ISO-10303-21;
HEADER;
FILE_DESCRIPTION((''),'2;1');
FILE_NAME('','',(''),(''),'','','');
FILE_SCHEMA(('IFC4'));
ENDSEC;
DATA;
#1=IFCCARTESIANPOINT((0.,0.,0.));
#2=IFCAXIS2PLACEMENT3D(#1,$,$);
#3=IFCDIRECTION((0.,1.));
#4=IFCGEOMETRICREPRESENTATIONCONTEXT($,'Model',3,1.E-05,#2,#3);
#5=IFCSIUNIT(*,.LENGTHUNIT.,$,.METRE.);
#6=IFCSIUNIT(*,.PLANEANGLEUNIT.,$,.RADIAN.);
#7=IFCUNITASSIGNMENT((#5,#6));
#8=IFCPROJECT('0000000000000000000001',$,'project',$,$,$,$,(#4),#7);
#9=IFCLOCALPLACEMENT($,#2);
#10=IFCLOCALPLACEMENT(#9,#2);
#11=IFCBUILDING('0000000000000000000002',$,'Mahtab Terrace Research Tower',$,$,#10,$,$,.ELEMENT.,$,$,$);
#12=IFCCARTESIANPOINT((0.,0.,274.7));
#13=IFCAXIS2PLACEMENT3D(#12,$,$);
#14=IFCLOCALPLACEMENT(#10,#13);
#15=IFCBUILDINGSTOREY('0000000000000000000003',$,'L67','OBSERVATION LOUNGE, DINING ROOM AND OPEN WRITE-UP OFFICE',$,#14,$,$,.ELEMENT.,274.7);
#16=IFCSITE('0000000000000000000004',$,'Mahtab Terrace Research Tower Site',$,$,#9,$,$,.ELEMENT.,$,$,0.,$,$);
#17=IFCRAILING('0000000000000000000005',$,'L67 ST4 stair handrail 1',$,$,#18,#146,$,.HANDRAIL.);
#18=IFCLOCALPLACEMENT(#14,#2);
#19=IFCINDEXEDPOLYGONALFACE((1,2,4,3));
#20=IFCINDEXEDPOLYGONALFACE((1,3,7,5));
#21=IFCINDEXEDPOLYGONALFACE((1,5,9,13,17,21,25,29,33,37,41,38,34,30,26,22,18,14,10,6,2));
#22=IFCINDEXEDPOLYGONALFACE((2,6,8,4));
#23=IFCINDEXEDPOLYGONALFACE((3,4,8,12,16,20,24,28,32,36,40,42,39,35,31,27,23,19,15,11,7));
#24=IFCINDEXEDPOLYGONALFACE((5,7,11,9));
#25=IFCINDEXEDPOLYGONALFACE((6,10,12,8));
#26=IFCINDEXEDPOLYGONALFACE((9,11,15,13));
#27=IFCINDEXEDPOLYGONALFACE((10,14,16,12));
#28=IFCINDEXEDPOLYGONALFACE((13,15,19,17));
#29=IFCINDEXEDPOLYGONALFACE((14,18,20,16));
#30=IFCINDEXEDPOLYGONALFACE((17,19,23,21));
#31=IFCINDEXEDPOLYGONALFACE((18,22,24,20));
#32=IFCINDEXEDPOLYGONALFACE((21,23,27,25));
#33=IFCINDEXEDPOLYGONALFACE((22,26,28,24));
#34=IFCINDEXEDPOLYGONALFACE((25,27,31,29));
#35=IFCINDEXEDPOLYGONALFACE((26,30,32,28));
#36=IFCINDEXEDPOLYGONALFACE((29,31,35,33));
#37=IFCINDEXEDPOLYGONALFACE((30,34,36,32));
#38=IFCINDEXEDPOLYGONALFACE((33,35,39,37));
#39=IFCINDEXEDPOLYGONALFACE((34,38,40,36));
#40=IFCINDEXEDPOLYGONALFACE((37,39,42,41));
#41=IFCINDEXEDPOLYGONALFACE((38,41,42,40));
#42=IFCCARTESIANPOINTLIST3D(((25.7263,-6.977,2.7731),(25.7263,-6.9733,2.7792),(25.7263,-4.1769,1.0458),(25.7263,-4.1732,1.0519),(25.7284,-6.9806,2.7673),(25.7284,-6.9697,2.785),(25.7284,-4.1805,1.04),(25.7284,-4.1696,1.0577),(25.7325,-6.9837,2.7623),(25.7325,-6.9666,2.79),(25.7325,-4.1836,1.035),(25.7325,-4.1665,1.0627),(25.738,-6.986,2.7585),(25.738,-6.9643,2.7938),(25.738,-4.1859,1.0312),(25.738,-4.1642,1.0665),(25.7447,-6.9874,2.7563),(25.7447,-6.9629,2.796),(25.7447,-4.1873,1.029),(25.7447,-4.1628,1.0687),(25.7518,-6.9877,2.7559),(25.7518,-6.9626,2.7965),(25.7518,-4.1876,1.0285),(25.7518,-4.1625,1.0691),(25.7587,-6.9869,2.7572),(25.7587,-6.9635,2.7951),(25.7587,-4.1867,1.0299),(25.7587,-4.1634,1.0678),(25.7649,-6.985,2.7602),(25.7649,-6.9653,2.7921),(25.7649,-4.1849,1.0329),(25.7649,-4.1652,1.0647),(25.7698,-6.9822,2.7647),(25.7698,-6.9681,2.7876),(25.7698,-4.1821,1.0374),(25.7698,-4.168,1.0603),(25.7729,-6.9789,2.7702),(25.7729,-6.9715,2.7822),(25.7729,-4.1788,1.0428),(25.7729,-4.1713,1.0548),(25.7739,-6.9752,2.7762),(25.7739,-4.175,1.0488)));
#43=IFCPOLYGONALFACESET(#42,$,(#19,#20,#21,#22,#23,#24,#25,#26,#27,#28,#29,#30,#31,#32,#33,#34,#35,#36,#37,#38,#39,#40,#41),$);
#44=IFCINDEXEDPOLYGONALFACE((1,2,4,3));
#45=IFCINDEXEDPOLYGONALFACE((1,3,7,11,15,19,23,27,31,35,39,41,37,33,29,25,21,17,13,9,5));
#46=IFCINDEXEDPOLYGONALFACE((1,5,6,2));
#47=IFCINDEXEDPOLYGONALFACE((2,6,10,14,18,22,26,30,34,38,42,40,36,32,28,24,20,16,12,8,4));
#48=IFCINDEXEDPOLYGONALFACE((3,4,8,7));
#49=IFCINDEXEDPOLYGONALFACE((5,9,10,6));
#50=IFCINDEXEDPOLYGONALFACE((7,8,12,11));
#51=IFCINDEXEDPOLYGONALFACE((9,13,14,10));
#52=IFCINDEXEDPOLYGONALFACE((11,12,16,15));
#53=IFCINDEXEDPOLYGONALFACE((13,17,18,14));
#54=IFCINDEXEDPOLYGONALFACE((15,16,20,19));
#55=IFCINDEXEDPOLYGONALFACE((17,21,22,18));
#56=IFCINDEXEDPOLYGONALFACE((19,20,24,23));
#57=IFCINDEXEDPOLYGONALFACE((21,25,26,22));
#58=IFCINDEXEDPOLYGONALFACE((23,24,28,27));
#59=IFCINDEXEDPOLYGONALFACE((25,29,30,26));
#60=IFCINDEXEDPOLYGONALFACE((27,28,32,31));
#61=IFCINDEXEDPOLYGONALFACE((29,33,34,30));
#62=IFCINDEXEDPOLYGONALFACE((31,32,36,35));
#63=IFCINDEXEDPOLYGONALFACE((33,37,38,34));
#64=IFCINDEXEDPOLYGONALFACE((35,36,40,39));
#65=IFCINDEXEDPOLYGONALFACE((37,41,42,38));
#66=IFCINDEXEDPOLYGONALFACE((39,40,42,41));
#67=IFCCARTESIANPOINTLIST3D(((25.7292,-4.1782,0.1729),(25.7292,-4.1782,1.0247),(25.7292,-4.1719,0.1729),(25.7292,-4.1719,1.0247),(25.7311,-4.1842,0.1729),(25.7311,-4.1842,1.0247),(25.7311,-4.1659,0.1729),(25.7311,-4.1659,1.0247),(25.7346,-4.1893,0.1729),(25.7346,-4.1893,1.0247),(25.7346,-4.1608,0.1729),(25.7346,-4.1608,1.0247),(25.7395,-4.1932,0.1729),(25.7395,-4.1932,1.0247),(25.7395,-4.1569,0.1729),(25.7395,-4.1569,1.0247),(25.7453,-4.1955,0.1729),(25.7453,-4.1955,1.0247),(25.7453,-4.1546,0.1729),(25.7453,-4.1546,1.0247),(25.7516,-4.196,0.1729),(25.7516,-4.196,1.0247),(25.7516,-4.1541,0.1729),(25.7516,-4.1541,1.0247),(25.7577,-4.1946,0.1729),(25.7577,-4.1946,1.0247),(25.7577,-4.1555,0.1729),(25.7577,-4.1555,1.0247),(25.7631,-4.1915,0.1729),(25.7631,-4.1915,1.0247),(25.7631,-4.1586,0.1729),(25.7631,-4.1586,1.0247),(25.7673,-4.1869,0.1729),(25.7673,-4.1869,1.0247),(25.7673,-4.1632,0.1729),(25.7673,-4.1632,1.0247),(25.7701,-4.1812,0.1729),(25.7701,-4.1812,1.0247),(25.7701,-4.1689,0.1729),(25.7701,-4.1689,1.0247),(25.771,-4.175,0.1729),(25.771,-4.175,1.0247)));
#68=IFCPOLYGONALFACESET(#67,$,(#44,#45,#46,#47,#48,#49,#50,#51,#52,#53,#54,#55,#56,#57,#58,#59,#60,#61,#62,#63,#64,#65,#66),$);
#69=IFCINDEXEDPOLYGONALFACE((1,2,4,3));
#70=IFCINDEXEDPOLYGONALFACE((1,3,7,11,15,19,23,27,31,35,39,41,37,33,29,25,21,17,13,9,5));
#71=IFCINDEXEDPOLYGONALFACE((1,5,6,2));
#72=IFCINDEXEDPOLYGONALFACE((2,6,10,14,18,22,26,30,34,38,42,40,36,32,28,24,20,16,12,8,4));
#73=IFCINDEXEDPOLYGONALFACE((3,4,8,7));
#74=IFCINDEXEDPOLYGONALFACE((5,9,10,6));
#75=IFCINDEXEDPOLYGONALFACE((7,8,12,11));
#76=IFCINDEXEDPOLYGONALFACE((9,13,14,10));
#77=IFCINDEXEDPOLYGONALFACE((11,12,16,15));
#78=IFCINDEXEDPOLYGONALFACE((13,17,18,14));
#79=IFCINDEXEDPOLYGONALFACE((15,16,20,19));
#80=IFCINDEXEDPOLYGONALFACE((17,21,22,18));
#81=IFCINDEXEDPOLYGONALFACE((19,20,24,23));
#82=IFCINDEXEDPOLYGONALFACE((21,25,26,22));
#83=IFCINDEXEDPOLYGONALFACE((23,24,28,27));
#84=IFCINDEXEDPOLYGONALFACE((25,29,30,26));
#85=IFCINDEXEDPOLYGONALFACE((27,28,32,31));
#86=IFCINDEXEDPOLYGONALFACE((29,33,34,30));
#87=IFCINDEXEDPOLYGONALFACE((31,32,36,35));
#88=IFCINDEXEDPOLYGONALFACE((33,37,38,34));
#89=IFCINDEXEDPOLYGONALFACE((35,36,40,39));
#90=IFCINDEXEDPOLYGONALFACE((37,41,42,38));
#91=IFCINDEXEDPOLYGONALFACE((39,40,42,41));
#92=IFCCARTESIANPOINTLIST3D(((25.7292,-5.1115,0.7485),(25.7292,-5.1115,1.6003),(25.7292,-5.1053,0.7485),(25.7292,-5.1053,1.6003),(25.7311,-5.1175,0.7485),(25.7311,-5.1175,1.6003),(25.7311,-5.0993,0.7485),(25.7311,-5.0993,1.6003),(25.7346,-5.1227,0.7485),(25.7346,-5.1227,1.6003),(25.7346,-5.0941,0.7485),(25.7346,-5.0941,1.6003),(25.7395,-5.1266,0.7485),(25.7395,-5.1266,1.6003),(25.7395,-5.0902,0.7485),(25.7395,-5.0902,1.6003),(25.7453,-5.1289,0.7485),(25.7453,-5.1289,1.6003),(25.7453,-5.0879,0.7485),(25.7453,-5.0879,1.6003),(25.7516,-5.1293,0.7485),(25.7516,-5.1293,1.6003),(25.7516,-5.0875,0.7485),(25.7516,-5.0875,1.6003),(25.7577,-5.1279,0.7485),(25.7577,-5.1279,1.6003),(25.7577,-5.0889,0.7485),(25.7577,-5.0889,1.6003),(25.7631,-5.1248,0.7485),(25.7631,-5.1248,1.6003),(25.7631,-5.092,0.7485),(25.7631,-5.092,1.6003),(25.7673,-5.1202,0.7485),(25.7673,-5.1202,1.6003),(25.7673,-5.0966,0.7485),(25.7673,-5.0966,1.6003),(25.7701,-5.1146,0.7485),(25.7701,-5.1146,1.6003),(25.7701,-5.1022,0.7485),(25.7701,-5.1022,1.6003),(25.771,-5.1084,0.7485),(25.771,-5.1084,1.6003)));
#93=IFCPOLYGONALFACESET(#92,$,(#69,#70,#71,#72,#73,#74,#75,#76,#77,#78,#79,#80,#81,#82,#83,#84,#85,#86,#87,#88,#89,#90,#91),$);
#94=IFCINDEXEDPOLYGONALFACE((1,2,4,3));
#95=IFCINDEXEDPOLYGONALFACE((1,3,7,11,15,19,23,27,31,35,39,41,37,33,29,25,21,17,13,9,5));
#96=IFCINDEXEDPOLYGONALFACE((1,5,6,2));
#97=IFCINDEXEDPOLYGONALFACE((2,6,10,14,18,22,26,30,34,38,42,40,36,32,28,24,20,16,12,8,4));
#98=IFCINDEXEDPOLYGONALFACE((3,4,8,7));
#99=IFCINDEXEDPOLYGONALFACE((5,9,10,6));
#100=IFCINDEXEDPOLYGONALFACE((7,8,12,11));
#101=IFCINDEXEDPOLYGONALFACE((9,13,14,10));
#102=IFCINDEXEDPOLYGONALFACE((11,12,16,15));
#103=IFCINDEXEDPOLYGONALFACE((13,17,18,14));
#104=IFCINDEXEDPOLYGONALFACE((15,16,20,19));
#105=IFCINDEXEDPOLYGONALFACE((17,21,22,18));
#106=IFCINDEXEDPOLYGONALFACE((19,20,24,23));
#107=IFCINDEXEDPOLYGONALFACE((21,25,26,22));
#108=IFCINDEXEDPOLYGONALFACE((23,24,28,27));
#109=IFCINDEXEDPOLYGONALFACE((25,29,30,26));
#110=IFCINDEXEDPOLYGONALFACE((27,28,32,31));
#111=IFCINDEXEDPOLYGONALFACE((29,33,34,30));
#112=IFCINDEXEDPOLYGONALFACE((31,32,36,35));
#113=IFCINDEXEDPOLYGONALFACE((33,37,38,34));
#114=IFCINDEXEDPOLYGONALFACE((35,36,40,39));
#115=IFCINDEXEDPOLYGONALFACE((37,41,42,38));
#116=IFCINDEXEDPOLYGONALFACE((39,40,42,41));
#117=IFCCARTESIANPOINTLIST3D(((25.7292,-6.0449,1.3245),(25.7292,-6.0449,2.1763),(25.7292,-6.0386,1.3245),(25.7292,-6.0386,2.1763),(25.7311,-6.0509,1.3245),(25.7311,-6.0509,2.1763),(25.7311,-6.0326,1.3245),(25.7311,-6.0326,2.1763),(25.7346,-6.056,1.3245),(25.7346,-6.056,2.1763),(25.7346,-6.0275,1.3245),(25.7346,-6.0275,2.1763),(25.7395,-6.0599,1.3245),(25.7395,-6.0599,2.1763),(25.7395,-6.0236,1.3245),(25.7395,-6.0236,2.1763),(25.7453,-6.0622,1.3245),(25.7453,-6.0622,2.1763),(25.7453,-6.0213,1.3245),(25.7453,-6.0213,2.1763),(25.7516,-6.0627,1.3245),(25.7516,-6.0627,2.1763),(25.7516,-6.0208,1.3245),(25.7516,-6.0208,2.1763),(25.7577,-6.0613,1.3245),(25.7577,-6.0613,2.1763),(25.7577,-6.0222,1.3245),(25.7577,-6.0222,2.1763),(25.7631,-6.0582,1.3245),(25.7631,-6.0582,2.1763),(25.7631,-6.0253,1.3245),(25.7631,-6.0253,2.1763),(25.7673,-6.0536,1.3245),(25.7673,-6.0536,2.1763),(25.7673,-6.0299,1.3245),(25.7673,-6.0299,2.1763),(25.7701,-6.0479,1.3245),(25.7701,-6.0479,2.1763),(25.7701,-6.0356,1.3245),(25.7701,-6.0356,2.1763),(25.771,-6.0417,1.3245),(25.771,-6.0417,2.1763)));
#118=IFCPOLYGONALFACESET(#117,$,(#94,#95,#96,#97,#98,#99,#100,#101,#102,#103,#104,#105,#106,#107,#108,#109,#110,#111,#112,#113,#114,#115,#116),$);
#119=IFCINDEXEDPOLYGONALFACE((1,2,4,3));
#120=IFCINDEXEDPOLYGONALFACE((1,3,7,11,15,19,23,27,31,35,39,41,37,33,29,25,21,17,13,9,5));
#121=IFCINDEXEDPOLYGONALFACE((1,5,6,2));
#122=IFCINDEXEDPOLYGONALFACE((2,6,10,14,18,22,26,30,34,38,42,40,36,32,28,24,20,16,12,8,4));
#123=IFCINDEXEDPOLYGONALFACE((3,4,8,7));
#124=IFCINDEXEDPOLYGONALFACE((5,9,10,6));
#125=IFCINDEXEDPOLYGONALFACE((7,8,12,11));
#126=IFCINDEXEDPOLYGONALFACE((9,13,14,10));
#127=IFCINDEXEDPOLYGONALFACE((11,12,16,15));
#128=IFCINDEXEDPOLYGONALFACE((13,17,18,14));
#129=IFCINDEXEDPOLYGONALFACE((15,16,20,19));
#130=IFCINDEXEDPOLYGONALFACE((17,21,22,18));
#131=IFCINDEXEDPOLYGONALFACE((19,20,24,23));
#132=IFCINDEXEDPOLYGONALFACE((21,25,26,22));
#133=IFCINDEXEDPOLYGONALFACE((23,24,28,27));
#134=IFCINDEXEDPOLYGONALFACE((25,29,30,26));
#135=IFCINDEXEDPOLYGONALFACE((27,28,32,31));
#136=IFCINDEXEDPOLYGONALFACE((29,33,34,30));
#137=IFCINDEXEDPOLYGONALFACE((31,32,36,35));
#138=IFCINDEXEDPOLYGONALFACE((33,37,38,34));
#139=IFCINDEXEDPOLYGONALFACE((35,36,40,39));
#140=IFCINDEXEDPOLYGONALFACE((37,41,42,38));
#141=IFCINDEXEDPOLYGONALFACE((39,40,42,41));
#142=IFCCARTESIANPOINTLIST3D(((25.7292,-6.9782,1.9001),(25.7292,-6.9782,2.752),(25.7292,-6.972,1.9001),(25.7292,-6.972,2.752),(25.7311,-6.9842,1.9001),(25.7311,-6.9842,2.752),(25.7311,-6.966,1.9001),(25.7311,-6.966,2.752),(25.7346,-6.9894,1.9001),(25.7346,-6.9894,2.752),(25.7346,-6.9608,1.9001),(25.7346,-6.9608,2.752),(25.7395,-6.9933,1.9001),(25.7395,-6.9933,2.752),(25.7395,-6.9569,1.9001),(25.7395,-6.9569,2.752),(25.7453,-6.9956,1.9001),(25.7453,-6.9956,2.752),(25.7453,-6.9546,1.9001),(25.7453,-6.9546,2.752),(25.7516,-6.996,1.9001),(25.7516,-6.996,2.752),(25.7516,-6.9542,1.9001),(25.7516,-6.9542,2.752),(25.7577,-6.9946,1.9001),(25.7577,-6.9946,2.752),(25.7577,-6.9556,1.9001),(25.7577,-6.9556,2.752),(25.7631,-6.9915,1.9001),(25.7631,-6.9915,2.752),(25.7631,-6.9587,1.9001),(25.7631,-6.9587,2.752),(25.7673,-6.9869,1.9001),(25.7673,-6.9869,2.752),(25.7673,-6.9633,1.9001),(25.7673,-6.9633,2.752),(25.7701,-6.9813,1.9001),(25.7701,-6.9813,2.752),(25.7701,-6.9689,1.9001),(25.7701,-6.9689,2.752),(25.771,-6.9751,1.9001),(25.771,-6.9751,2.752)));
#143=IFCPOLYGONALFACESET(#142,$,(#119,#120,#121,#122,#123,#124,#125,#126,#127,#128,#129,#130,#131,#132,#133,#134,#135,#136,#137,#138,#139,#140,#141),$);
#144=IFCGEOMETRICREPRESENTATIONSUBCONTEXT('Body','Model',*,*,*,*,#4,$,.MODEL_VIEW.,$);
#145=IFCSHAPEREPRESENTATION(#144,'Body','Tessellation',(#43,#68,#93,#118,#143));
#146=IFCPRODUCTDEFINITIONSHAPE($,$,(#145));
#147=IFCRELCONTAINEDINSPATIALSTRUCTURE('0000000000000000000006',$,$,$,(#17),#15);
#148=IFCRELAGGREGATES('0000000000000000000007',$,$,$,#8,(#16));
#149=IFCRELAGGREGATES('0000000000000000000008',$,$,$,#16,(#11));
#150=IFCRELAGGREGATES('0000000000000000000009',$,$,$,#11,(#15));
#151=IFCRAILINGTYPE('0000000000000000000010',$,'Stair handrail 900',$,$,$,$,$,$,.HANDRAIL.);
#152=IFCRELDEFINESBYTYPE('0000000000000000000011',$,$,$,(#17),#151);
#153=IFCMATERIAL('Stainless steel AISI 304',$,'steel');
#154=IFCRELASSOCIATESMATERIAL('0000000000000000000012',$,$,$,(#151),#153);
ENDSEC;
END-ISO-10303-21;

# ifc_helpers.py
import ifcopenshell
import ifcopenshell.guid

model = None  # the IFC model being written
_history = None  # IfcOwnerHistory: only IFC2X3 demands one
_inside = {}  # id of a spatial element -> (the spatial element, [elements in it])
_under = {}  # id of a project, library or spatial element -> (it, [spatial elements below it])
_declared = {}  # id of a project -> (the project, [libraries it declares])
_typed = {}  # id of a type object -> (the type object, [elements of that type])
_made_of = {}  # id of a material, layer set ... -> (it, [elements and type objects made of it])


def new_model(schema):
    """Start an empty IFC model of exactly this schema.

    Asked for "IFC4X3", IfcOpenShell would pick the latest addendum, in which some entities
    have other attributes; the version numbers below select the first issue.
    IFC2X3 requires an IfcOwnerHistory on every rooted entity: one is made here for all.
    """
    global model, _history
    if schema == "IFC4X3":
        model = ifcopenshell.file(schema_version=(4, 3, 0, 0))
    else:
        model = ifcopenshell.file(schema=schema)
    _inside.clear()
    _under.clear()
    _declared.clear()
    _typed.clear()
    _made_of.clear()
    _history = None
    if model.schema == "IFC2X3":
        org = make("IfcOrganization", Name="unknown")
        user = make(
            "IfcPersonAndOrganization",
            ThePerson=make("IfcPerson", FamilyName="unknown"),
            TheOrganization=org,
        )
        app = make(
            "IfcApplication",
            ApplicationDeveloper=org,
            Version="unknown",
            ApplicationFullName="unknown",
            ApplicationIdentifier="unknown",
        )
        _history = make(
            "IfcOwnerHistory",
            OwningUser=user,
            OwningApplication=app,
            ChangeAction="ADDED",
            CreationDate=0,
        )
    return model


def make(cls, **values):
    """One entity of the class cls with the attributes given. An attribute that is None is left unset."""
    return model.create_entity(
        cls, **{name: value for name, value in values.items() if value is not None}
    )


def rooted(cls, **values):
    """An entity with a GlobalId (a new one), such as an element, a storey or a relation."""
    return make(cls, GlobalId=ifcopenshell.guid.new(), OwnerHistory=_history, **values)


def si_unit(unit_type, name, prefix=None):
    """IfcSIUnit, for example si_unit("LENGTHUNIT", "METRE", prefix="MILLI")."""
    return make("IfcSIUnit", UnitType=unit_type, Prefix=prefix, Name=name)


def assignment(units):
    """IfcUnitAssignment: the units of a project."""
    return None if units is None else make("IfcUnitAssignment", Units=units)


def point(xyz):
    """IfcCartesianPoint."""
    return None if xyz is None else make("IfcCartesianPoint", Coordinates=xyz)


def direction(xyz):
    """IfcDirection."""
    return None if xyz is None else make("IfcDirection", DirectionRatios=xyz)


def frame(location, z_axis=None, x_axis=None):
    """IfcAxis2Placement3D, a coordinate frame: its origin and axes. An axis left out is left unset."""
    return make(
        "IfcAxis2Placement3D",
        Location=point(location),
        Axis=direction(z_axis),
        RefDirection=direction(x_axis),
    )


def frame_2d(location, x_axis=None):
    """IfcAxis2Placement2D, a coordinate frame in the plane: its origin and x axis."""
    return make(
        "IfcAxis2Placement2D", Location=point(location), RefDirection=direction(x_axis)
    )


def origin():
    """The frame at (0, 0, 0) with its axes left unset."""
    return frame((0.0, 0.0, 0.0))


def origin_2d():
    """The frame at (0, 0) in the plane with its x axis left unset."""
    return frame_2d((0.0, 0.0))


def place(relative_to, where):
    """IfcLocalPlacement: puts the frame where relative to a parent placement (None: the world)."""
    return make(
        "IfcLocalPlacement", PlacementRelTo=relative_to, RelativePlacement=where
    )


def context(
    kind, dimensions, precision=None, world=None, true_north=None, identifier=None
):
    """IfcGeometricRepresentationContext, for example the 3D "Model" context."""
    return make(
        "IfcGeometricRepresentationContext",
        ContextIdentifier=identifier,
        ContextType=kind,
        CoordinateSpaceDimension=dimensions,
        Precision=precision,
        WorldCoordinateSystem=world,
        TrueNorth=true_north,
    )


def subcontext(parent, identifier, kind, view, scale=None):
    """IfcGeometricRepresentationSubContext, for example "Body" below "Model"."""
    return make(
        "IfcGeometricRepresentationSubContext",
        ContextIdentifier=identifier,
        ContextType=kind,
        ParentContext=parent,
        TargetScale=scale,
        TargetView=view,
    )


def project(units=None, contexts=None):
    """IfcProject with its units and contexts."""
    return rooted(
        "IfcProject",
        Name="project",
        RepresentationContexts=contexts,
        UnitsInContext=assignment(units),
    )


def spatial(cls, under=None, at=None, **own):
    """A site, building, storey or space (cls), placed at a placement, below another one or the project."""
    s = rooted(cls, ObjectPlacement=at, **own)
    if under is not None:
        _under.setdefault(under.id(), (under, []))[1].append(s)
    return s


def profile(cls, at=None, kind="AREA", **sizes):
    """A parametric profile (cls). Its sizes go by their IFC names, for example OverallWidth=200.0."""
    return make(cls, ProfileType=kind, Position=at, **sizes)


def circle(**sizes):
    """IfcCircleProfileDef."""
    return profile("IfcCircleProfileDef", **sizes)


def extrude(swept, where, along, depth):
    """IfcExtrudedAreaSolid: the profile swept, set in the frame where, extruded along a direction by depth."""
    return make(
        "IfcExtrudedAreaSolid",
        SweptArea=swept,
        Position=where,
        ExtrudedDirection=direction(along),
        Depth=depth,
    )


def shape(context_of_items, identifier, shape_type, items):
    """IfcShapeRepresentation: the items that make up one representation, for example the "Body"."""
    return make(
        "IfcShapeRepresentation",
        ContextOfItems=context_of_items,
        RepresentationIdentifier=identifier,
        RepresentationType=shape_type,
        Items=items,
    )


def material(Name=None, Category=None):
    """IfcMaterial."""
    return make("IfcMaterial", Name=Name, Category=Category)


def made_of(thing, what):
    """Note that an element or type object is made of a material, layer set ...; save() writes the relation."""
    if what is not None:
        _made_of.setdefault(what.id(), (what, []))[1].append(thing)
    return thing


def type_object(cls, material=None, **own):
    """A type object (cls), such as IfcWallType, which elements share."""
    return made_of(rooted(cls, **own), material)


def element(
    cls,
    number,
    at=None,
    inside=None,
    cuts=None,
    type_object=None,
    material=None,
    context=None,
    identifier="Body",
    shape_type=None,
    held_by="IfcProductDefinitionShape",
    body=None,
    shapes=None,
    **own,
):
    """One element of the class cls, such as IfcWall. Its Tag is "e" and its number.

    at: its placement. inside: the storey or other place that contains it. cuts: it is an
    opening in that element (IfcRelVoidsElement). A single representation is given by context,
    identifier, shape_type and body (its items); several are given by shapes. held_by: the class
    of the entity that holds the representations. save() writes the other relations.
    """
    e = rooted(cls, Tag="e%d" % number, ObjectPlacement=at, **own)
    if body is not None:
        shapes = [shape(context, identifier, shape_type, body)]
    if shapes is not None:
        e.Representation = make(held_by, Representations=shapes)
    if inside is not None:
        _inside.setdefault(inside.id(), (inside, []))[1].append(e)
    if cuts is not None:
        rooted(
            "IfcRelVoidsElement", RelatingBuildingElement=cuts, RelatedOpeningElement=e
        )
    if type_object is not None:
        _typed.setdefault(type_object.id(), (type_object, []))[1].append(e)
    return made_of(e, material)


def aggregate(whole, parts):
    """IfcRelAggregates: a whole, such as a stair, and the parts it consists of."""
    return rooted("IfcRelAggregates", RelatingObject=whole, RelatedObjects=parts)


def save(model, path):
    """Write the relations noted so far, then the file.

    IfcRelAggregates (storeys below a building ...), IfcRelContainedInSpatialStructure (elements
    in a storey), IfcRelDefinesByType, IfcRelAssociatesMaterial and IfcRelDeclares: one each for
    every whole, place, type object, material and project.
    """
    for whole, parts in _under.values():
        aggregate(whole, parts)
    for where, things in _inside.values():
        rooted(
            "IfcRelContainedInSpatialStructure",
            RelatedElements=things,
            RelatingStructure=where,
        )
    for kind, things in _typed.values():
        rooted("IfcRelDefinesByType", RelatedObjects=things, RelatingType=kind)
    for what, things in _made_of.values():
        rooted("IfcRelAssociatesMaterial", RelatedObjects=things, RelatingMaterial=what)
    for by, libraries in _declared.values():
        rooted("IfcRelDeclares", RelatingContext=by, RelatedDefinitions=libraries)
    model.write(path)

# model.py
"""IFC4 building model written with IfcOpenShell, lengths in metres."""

from ifc_helpers import new_model, si_unit, direction, frame, origin, origin_2d, place, context, subcontext, project, spatial, circle, extrude, material, type_object, element, save


model = new_model("IFC4")

# Units and contexts
model_context = context("Model", 3, precision=1e-05, world=origin(), true_north=direction((0.0, 1.0)))
body_context = subcontext(model_context, "Body", "Model", "MODEL_VIEW")
ifc_project = project(units=[si_unit("LENGTHUNIT", "METRE"), si_unit("PLANEANGLEUNIT", "RADIAN")], contexts=[model_context])

# Site, building, storey
site_placement = place(None, origin())
site = spatial("IfcSite", under=ifc_project, at=site_placement, Name="Mahtab Terrace Research Tower Site", CompositionType="ELEMENT", RefElevation=0.0)
building_placement = place(site_placement, origin())
building = spatial("IfcBuilding", under=site, at=building_placement, Name="Mahtab Terrace Research Tower", CompositionType="ELEMENT")
storey_placement = place(building_placement, frame((0.0, 0.0, 274.7)))
storey = spatial("IfcBuildingStorey", under=building, at=storey_placement, Name="L67", Description="OBSERVATION LOUNGE, DINING ROOM AND OPEN WRITE-UP OFFICE", CompositionType="ELEMENT", Elevation=274.7)

# Shared definitions
ifc_material_1 = material(Name="Stainless steel AISI 304", Category="steel")

# Railing
railing_type_1 = type_object("IfcRailingType", Name="Stair handrail 900", PredefinedType="HANDRAIL", material=ifc_material_1)
railing_1_placement = place(storey_placement, frame((25.75, -4.175, 0.1729)))
element("IfcRailing", 1, at=railing_1_placement, inside=storey, type_object=railing_type_1, Name="L67 ST4 stair handrail 1", PredefinedType="HANDRAIL", context=body_context, shape_type="SweptSolid", body=[
    extrude(circle(Radius=0.0239, at=origin_2d()), frame((0.0, 0.0, 0.876), z_axis=(0.0, -0.85109, 0.52502), x_axis=(1.0, 0.0, 0.0)), (0.0, 0.0, 1.0), 3.29),
    extrude(circle(Radius=0.021, at=origin_2d()), origin(), (0.0, 0.0, 1.0), 0.8518),
    extrude(circle(Radius=0.021, at=origin_2d()), frame((0.0, -0.9333, 0.5757)), (0.0, 0.0, 1.0), 0.8518),
    extrude(circle(Radius=0.021, at=origin_2d()), frame((0.0, -1.8667, 1.1516)), (0.0, 0.0, 1.0), 0.8518),
    extrude(circle(Radius=0.021, at=origin_2d()), frame((0.0, -2.8, 1.7273)), (0.0, 0.0, 1.0), 0.8518),
])

save(model, "model.ifc")
